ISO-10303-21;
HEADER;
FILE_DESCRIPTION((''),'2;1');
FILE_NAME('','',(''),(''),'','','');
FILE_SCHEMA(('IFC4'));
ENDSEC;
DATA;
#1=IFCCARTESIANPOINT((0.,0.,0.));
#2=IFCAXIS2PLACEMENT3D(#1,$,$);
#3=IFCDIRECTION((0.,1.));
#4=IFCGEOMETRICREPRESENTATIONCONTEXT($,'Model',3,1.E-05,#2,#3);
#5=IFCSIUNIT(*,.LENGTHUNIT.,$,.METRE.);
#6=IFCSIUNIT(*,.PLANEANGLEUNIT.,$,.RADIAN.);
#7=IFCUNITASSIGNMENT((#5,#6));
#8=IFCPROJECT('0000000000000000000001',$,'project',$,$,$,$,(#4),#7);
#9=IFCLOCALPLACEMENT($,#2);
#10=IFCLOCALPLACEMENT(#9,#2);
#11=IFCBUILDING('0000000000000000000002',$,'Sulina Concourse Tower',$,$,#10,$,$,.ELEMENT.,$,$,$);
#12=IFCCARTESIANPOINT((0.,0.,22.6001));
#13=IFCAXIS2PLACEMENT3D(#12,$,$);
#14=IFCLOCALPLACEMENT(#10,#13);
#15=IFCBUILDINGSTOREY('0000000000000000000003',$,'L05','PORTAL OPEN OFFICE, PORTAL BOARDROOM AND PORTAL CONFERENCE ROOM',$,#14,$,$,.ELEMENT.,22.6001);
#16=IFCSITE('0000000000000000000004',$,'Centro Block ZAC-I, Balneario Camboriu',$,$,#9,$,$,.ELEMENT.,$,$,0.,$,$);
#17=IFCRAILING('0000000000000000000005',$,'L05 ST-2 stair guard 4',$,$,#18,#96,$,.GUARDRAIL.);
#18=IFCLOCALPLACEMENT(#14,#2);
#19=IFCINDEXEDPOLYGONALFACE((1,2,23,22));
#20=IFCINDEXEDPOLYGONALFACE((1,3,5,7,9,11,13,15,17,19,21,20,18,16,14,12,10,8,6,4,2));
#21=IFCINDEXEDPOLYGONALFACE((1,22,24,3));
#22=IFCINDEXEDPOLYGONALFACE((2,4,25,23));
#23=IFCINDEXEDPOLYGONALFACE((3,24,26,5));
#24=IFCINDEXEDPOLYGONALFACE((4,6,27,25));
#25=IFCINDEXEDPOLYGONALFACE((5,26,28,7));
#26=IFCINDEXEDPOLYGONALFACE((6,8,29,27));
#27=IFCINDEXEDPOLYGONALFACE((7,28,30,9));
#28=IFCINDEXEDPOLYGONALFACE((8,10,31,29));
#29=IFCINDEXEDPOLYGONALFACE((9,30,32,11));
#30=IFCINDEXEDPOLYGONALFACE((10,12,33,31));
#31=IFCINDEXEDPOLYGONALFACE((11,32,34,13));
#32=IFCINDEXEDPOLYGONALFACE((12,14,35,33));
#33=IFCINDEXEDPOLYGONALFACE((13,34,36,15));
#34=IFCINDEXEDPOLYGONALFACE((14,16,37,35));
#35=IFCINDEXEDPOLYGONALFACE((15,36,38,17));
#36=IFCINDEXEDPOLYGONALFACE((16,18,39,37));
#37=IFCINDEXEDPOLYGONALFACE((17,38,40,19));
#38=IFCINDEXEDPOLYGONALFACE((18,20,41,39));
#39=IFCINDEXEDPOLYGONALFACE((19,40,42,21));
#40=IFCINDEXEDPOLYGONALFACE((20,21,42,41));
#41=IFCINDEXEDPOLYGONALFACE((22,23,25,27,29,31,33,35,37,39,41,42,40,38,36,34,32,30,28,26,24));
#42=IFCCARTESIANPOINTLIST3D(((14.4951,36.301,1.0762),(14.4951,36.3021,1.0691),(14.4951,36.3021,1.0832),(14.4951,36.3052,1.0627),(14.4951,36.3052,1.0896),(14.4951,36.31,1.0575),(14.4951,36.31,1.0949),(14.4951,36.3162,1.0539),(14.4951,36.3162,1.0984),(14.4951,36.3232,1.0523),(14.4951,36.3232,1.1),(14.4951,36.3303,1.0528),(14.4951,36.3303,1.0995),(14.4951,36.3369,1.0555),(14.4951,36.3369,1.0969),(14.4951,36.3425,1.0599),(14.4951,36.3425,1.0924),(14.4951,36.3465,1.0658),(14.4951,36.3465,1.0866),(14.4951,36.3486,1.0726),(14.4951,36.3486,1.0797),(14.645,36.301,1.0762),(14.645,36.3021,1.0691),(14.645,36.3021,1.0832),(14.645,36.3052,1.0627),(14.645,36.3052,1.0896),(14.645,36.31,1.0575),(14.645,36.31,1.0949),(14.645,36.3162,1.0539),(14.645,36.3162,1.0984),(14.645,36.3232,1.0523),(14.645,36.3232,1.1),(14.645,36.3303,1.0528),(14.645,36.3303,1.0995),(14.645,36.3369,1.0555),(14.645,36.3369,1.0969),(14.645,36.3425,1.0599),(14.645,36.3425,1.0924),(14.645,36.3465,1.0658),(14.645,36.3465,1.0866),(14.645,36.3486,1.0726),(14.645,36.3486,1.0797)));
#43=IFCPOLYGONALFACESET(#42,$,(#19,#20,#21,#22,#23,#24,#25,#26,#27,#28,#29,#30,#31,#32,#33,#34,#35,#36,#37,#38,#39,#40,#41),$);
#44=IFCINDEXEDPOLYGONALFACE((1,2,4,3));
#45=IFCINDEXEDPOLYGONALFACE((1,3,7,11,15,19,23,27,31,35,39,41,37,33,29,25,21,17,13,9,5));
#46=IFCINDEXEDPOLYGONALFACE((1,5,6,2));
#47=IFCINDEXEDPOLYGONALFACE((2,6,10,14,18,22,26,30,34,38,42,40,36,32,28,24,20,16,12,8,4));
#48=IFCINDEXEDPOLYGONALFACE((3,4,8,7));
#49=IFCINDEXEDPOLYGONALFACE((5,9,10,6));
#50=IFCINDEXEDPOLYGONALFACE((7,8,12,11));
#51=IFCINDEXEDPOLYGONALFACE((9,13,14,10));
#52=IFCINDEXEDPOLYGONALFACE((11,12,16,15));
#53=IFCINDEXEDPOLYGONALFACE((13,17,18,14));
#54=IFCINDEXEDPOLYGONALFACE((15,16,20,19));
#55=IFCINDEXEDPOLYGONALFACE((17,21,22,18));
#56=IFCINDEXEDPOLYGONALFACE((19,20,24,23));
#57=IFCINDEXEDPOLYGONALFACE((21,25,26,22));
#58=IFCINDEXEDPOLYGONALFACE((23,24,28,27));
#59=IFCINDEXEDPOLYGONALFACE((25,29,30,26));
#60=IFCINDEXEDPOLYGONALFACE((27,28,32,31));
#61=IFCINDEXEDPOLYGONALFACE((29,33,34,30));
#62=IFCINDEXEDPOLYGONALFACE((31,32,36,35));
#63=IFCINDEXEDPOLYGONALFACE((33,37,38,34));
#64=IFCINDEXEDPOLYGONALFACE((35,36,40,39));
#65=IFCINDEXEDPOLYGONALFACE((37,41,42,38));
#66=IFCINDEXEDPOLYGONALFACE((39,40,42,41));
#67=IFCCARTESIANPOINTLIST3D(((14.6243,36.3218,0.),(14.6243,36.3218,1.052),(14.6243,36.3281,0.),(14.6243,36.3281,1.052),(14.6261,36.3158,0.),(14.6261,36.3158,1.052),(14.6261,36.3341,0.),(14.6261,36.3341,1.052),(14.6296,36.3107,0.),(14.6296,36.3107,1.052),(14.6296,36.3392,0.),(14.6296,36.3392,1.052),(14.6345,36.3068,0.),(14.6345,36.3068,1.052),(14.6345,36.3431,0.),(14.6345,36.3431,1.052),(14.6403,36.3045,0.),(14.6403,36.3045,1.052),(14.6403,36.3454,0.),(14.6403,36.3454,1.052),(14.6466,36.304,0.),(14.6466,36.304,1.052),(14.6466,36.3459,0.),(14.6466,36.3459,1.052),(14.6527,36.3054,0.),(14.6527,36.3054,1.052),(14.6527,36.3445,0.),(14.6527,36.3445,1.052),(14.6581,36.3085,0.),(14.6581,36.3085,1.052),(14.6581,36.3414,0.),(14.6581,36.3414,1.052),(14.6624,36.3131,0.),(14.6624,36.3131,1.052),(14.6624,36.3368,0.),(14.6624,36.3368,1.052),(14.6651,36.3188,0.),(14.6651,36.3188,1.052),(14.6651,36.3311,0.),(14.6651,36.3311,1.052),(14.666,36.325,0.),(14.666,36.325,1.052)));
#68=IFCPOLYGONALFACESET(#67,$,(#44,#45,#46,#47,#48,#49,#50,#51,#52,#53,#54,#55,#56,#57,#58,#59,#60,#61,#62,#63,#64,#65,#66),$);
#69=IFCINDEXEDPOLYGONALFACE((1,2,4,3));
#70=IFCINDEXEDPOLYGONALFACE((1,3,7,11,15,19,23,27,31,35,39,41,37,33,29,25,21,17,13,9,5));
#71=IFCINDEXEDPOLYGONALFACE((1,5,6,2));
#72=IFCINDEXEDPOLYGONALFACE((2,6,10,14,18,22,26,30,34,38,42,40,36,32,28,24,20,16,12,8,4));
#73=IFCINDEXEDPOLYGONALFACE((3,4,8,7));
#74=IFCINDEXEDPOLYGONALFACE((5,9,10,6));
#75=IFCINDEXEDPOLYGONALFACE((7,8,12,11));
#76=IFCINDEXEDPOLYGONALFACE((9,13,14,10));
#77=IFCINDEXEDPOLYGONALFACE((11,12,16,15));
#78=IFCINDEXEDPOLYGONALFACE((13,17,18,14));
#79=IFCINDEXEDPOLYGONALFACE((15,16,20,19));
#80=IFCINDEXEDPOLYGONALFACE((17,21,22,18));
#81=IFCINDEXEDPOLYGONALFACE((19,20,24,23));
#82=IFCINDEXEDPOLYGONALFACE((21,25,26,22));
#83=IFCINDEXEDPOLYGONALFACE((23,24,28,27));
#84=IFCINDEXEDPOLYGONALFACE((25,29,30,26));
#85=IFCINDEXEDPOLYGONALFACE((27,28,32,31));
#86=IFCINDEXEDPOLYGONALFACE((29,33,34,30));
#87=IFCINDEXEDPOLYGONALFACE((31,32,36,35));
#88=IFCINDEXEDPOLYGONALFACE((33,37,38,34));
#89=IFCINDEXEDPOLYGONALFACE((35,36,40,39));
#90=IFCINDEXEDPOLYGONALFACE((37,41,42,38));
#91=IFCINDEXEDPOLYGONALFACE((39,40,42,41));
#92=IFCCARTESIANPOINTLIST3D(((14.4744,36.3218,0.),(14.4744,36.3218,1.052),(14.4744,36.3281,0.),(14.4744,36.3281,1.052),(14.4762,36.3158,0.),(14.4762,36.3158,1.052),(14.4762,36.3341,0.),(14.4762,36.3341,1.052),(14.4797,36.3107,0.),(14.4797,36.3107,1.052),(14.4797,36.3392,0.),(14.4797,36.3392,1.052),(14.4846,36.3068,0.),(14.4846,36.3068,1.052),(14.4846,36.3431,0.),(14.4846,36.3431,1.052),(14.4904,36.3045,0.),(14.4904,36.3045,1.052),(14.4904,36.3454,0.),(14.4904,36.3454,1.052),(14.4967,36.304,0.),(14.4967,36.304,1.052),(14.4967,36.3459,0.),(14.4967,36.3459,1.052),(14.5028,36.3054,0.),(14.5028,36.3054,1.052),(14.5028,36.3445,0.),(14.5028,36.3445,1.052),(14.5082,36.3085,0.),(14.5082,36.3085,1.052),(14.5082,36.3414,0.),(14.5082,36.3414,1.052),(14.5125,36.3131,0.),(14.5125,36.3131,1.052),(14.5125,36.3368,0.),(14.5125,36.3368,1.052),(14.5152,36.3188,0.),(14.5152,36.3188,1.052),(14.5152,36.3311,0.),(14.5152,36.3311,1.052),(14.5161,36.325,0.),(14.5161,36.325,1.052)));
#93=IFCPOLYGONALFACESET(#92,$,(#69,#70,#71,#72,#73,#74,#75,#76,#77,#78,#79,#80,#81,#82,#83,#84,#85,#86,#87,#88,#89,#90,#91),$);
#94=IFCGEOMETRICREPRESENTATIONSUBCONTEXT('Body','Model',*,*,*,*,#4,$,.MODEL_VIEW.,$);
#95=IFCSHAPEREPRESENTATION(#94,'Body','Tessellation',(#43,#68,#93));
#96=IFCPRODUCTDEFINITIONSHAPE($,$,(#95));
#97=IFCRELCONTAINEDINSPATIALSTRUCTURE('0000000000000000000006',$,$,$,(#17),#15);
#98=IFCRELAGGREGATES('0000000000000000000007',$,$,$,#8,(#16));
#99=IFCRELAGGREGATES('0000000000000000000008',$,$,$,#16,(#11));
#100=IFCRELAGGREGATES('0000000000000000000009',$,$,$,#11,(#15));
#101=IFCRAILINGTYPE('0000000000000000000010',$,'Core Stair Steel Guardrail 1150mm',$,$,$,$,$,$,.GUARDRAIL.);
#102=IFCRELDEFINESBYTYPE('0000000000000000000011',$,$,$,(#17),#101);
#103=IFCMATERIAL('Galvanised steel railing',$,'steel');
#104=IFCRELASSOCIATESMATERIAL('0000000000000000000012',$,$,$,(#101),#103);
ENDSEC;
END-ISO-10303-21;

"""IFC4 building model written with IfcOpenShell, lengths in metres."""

from ifc_helpers import new_model, si_unit, direction, frame, origin, origin_2d, place, context, subcontext, project, spatial, circle, extrude, material, type_object, element, save


model = new_model("IFC4")

# Units and contexts
model_context = context("Model", 3, precision=1e-05, world=origin(), true_north=direction((0.0, 1.0)))
body_context = subcontext(model_context, "Body", "Model", "MODEL_VIEW")
ifc_project = project(units=[si_unit("LENGTHUNIT", "METRE"), si_unit("PLANEANGLEUNIT", "RADIAN")], contexts=[model_context])

# Site, building, storey
site_placement = place(None, origin())
site = spatial("IfcSite", under=ifc_project, at=site_placement, Name="Centro Block ZAC-I, Balneario Camboriu", CompositionType="ELEMENT", RefElevation=0.0)
building_placement = place(site_placement, origin())
building = spatial("IfcBuilding", under=site, at=building_placement, Name="Sulina Concourse Tower", CompositionType="ELEMENT")
storey_placement = place(building_placement, frame((0.0, 0.0, 22.6001)))
storey = spatial("IfcBuildingStorey", under=building, at=storey_placement, Name="L05", Description="PORTAL OPEN OFFICE, PORTAL BOARDROOM AND PORTAL CONFERENCE ROOM", CompositionType="ELEMENT", Elevation=22.6001)

# Railing
ifc_material_1 = material(Name="Galvanised steel railing", Category="steel")
railing_type_1 = type_object("IfcRailingType", Name="Core Stair Steel Guardrail 1150mm", PredefinedType="GUARDRAIL", material=ifc_material_1)
railing_1_placement = place(storey_placement, frame((14.645, 36.325, 0.0)))
element("IfcRailing", 1, at=railing_1_placement, inside=storey, type_object=railing_type_1, Name="L05 ST-2 stair guard 4", PredefinedType="GUARDRAIL", context=body_context, shape_type="SweptSolid", body=[
    extrude(circle(Radius=0.0239, at=origin_2d()), frame((0.0, 0.0, 1.0762), z_axis=(-1.0, 0.0, 0.0), x_axis=(0.0, -1.0, 0.0)), (0.0, 0.0, 1.0), 0.1499),
    extrude(circle(Radius=0.021, at=origin_2d()), origin(), (0.0, 0.0, 1.0), 1.052),
    extrude(circle(Radius=0.021, at=origin_2d()), frame((-0.1499, 0.0, 0.0)), (0.0, 0.0, 1.0), 1.052),
])

save(model, "model.ifc")
